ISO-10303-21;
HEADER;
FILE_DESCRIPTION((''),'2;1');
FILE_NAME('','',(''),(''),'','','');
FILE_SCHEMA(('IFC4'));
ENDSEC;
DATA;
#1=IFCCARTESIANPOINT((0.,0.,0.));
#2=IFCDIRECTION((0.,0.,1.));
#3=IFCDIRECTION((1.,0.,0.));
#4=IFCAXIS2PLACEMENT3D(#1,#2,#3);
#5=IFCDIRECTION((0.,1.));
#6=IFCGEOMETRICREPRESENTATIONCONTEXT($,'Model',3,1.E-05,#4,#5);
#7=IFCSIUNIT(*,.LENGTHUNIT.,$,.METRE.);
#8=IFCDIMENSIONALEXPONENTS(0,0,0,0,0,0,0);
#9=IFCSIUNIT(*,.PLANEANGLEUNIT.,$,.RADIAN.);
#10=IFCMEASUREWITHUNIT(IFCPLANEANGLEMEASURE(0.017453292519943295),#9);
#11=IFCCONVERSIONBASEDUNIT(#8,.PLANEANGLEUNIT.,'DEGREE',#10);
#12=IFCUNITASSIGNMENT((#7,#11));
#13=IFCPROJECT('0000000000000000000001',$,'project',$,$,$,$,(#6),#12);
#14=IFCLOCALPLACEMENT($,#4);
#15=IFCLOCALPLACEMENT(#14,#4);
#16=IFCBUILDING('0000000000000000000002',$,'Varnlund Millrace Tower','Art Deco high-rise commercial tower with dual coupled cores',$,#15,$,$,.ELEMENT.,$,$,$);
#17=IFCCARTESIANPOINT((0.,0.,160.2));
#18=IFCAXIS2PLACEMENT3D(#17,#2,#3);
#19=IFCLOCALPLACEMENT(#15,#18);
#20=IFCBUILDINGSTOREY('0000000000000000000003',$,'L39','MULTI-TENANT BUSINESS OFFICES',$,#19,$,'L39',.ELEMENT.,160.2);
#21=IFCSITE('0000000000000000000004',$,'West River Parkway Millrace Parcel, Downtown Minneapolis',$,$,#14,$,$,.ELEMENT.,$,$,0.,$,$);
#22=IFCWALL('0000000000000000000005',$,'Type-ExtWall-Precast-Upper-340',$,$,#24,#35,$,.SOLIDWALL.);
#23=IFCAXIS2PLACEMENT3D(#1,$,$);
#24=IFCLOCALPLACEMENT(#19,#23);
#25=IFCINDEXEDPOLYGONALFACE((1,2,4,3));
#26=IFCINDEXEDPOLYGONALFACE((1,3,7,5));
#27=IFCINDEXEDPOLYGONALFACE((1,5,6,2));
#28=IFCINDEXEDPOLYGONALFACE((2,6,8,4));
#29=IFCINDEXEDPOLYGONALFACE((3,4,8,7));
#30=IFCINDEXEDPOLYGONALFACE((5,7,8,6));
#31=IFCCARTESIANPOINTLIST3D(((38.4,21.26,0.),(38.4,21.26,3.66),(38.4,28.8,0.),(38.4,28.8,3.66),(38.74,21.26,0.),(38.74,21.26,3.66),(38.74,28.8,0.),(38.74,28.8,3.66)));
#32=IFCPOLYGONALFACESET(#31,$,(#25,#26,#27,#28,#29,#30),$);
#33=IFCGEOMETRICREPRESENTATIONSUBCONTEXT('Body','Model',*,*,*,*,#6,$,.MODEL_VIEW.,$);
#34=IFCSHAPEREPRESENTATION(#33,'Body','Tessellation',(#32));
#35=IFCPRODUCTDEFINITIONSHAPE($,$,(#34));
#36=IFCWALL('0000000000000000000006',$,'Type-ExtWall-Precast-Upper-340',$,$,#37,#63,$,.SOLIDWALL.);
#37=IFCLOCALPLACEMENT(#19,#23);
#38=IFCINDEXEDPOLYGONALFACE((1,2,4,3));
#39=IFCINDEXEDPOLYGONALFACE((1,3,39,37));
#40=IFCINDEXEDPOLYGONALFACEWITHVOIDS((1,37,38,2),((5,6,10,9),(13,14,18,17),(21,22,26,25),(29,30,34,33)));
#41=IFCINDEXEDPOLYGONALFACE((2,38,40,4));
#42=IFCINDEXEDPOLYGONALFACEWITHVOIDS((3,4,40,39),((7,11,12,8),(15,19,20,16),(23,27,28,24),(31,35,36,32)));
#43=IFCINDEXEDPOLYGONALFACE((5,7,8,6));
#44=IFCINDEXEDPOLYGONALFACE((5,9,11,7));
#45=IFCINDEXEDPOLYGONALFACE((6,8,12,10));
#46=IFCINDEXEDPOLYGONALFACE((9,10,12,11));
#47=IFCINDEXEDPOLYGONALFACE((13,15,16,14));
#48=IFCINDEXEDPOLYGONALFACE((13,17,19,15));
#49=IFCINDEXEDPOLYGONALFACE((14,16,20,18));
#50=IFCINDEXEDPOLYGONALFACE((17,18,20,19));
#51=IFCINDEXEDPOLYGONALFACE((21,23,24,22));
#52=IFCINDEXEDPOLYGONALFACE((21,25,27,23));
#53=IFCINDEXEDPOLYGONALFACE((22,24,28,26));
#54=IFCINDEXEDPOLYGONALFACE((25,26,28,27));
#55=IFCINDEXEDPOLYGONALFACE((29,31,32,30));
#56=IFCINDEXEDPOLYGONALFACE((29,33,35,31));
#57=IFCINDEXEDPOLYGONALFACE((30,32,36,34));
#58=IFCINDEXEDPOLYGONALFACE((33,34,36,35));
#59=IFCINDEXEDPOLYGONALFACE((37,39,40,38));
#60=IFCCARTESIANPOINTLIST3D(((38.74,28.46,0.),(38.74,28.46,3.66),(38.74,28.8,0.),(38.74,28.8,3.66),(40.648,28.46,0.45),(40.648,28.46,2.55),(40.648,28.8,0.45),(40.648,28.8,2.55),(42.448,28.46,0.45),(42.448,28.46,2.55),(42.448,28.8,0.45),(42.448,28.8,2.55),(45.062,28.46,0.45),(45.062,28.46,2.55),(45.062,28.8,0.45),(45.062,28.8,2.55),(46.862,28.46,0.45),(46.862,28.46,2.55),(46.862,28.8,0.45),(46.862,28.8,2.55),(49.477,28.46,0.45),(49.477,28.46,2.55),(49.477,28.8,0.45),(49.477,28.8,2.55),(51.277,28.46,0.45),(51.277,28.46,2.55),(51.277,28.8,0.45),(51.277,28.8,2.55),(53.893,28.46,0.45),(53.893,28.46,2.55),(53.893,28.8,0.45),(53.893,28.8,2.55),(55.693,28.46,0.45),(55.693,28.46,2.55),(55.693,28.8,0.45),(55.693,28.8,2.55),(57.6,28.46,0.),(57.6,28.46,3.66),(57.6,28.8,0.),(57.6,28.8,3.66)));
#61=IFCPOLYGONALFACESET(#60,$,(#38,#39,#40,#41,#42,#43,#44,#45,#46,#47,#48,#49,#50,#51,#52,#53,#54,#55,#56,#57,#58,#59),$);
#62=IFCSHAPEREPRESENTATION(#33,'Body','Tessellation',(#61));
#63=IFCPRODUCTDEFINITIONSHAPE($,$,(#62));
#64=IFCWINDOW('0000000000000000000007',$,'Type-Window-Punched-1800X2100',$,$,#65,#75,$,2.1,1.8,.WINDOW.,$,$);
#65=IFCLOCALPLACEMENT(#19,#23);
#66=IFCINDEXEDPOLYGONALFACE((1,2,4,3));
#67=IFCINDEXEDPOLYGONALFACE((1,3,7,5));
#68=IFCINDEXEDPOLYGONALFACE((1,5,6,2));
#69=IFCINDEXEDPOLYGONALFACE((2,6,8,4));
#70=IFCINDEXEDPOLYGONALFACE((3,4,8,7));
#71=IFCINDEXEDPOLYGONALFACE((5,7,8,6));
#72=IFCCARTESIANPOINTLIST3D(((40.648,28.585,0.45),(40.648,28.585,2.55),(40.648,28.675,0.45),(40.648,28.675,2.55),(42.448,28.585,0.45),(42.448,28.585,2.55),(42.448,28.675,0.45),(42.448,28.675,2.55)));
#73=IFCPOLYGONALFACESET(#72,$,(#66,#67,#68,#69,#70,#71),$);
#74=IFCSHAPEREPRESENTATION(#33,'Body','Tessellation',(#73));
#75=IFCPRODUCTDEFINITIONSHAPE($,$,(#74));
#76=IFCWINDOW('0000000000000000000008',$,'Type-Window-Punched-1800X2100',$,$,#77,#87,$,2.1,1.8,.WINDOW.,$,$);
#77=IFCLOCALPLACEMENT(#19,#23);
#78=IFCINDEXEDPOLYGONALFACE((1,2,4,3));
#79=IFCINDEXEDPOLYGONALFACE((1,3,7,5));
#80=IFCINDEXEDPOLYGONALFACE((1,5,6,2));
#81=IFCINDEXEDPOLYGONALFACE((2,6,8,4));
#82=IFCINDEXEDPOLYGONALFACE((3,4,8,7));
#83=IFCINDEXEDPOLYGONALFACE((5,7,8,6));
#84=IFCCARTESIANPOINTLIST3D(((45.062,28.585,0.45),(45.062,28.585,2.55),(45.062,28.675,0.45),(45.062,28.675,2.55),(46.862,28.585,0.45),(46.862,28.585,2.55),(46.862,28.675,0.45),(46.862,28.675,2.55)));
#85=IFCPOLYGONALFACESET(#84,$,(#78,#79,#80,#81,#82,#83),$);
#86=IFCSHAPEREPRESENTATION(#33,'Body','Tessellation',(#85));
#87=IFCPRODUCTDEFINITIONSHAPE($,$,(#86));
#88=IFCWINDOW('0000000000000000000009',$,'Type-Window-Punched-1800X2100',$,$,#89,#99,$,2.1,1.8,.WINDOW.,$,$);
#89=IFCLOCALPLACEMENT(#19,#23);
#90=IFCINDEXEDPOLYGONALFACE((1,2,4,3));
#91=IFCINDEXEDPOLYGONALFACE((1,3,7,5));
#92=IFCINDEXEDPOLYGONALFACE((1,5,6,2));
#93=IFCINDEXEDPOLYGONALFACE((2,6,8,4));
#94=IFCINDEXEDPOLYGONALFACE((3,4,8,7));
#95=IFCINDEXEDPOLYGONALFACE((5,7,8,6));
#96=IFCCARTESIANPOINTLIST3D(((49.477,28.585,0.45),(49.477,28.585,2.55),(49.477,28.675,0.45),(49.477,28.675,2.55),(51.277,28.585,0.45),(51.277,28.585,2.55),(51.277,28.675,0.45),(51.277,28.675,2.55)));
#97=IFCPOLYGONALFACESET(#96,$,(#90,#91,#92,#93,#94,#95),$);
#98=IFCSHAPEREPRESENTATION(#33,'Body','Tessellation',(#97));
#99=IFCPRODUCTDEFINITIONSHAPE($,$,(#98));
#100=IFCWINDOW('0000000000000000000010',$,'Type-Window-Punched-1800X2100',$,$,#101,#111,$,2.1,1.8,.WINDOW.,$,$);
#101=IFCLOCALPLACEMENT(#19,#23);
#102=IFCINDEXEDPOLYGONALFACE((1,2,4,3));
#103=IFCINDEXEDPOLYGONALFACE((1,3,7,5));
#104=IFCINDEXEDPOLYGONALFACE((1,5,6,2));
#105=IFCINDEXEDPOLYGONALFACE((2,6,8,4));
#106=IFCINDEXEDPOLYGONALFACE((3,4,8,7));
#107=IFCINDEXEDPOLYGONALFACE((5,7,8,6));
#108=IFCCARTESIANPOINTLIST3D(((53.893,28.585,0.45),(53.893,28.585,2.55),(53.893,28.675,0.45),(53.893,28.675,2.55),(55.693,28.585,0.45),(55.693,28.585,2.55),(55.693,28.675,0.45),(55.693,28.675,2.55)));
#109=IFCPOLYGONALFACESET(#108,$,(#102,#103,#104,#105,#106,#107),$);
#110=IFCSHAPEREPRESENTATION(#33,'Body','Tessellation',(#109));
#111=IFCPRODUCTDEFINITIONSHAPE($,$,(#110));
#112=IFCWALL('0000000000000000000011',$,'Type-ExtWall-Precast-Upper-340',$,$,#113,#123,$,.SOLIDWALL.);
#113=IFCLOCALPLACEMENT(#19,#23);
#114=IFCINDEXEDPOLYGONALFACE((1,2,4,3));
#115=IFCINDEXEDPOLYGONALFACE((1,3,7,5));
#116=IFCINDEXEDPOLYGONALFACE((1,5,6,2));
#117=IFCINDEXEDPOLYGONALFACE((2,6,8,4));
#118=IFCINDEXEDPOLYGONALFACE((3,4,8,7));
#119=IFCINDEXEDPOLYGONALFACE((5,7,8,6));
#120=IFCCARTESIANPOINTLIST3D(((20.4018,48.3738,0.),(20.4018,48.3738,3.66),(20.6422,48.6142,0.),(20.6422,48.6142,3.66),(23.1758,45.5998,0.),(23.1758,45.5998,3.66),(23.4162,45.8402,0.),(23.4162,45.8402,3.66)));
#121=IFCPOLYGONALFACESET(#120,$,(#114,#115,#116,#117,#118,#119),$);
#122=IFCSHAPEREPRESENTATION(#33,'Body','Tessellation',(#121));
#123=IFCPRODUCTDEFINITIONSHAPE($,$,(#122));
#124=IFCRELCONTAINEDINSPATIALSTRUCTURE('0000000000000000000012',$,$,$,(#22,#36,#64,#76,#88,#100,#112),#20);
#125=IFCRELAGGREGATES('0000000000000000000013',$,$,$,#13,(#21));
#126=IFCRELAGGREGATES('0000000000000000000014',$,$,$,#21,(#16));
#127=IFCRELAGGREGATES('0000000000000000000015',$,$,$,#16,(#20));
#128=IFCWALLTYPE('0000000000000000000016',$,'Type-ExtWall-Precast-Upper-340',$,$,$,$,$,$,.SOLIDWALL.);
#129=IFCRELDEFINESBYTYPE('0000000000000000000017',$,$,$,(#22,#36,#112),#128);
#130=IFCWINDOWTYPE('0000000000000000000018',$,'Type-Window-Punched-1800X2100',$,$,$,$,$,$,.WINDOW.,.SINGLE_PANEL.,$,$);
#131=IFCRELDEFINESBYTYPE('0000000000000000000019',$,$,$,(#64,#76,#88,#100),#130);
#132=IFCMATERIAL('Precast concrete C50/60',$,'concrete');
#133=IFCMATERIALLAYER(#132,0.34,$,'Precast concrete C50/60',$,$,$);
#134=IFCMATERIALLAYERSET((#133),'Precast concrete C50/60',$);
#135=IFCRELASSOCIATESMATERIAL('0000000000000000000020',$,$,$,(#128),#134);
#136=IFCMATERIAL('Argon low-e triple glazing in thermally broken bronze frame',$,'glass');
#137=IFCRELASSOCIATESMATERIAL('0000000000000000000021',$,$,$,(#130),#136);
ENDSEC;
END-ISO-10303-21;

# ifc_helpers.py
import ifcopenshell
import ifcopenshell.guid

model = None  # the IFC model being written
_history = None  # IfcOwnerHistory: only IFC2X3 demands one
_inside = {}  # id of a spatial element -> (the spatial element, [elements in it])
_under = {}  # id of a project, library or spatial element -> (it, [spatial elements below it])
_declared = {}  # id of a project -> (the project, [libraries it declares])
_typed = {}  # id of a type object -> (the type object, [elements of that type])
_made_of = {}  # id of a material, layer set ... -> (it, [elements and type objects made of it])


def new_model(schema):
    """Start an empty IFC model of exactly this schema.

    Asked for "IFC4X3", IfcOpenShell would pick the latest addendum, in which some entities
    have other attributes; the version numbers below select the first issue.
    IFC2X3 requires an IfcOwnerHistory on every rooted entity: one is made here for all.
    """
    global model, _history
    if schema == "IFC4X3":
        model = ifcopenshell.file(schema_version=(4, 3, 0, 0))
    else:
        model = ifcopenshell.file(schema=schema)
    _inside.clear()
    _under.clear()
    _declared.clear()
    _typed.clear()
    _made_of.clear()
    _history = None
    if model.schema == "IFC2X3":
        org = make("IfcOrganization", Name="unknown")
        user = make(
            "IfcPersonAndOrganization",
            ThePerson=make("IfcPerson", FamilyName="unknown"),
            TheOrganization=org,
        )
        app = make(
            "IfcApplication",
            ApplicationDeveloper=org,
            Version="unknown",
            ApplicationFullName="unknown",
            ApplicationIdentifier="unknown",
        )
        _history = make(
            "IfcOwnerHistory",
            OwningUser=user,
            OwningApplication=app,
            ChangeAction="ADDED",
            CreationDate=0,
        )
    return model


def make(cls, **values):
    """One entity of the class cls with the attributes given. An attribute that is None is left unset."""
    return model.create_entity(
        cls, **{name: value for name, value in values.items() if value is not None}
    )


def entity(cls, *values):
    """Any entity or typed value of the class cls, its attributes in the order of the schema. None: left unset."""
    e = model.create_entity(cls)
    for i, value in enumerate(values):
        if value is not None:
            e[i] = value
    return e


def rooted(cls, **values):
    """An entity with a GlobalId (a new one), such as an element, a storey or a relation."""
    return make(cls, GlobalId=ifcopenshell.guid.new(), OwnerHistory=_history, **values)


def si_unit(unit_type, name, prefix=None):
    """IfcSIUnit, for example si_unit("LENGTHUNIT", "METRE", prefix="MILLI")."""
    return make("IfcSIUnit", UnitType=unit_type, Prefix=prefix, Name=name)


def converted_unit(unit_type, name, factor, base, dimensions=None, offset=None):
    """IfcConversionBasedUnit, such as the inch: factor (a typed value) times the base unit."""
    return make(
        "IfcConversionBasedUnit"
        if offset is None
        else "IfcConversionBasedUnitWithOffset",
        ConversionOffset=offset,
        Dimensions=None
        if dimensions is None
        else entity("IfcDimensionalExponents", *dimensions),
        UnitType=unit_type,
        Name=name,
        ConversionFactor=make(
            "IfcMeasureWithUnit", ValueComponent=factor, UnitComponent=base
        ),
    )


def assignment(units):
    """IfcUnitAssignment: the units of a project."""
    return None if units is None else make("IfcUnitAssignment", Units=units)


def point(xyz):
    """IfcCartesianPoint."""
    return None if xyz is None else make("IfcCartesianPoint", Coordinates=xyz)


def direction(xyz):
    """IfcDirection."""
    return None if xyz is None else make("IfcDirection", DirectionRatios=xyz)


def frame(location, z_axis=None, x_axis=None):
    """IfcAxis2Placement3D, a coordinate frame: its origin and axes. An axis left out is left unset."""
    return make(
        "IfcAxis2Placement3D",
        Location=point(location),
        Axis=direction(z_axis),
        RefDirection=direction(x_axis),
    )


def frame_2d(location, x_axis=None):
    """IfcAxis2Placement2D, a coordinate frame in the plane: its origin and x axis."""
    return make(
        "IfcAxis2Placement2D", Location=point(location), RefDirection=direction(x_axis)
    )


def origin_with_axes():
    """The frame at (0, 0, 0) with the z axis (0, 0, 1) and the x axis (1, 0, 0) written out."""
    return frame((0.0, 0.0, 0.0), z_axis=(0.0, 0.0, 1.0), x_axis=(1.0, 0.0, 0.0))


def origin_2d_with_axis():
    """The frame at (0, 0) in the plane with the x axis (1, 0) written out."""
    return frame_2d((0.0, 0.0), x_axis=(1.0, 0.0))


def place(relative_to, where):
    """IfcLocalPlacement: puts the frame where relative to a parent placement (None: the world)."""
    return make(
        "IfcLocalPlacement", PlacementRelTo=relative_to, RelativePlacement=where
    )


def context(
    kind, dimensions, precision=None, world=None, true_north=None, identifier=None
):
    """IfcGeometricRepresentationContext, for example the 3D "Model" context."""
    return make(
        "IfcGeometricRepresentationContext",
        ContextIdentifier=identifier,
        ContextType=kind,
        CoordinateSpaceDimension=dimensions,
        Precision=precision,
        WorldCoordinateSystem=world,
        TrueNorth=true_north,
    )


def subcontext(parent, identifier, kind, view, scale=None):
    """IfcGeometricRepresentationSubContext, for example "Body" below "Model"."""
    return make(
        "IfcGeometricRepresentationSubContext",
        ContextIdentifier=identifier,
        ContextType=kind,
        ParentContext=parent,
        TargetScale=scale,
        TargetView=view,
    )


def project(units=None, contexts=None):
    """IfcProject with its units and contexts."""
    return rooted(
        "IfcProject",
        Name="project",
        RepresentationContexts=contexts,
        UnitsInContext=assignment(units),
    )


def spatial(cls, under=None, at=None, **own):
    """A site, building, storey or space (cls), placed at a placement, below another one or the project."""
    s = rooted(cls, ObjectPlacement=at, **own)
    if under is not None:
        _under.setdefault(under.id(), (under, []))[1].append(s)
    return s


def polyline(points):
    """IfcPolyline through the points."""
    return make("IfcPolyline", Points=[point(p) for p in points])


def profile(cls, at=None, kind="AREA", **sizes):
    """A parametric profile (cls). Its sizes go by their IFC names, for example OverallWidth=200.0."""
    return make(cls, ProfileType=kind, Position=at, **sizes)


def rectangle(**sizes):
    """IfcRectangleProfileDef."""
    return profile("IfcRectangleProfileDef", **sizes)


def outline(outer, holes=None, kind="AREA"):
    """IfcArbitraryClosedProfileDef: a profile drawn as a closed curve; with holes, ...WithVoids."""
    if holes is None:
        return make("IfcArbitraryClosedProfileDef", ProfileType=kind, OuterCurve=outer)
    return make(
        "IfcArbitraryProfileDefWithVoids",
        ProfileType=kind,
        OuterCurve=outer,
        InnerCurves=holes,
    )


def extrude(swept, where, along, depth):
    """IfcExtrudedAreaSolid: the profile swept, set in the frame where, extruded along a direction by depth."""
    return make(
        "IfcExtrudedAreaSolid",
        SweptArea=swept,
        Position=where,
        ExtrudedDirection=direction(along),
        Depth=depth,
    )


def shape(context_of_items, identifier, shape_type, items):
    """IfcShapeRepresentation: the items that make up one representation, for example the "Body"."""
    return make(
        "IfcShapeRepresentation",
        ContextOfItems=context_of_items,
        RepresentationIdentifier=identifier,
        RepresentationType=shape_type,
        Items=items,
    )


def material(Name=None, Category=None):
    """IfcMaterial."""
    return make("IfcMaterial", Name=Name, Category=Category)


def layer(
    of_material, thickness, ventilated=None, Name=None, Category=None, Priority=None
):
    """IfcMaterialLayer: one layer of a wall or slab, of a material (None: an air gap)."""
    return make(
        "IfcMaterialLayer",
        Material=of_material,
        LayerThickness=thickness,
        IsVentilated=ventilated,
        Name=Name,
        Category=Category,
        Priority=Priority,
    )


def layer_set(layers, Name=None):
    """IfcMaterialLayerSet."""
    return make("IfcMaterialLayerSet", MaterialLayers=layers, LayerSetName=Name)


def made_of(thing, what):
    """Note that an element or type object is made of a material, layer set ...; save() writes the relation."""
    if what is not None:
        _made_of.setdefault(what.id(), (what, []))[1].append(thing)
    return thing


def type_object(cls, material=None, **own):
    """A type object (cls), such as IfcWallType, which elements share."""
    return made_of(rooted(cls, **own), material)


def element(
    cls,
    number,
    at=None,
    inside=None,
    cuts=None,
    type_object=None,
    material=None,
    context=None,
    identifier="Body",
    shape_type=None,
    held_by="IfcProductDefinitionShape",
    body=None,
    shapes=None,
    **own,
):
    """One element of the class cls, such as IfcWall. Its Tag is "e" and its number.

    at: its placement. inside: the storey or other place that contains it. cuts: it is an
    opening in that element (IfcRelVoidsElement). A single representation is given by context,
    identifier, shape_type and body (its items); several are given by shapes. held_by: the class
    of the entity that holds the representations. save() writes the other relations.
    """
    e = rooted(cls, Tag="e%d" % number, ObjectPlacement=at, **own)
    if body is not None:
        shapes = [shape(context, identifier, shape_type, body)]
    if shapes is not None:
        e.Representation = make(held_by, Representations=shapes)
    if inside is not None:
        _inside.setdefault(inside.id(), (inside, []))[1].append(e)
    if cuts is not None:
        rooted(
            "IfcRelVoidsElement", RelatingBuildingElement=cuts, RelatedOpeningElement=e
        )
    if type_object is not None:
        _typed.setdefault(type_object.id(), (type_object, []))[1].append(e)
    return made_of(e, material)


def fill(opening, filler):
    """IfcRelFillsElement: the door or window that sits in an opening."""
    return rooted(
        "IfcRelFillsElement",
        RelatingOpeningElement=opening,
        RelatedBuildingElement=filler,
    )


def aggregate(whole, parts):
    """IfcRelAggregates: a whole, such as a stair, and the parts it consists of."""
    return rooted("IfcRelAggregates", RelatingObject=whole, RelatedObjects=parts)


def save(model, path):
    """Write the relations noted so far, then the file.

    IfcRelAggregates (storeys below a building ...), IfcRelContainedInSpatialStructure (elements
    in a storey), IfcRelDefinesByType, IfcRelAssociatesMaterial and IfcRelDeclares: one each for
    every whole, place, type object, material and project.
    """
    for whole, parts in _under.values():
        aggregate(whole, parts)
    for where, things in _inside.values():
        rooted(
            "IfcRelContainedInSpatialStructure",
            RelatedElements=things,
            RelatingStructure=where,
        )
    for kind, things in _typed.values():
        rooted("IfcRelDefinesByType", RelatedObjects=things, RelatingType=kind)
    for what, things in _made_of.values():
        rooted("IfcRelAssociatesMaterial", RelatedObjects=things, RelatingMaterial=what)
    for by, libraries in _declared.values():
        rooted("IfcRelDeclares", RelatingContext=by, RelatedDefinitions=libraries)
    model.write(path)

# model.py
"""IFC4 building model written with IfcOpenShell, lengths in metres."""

from ifc_helpers import new_model, entity, si_unit, converted_unit, direction, frame, origin_with_axes, origin_2d_with_axis, place, context, subcontext, project, spatial, polyline, rectangle, outline, extrude, material, layer, layer_set, type_object, element, fill, save


model = new_model("IFC4")

# Units and contexts
model_context = context("Model", 3, precision=1e-05, world=origin_with_axes(), true_north=direction((0.0, 1.0)))
body_context = subcontext(model_context, "Body", "Model", "MODEL_VIEW")
ifc_project = project(units=[si_unit("LENGTHUNIT", "METRE"), converted_unit("PLANEANGLEUNIT", "DEGREE", entity("IfcPlaneAngleMeasure", 0.017453292519943295), si_unit("PLANEANGLEUNIT", "RADIAN"), dimensions=[0, 0, 0, 0, 0, 0, 0])], contexts=[model_context])

# Site, building, storey
site_placement = place(None, origin_with_axes())
site = spatial("IfcSite", under=ifc_project, at=site_placement, Name="West River Parkway Millrace Parcel, Downtown Minneapolis", CompositionType="ELEMENT", RefElevation=0.0)
building_placement = place(site_placement, origin_with_axes())
building = spatial("IfcBuilding", under=site, at=building_placement, Name="Varnlund Millrace Tower", Description="Art Deco high-rise commercial tower with dual coupled cores", CompositionType="ELEMENT")
storey_placement = place(building_placement, frame((0.0, 0.0, 160.2), z_axis=(0.0, 0.0, 1.0), x_axis=(1.0, 0.0, 0.0)))
storey = spatial("IfcBuildingStorey", under=building, at=storey_placement, Name="L39", Description="MULTI-TENANT BUSINESS OFFICES", LongName="L39", CompositionType="ELEMENT", Elevation=160.2)

# Wall
ifc_material_1 = material(Name="Precast concrete C50/60", Category="concrete")
ifc_layer_1 = layer(ifc_material_1, 0.34, Name="Precast concrete C50/60")
ifc_layer_set_1 = layer_set([ifc_layer_1], Name="Precast concrete C50/60")
wall_type_1 = type_object("IfcWallType", Name="Type-ExtWall-Precast-Upper-340", PredefinedType="SOLIDWALL", material=ifc_layer_set_1)
wall_1_placement = place(storey_placement, frame((38.57, 21.26, 0.0), z_axis=(0.0, 0.0, 1.0), x_axis=(0.0, 1.0, 0.0)))
element("IfcWall", 1, at=wall_1_placement, inside=storey, type_object=wall_type_1, Name="Type-ExtWall-Precast-Upper-340", PredefinedType="SOLIDWALL", context=body_context, shape_type="SweptSolid", body=[
    extrude(outline(polyline([(0.0, -0.17), (7.54, -0.17), (7.54, 0.17), (0.0, 0.17), (0.0, -0.17)])), origin_with_axes(), (0.0, 0.0, 1.0), 3.66),
])

# Wall, openings, windows
wall_2_placement = place(storey_placement, frame((38.74, 28.63, 0.0), z_axis=(0.0, 0.0, 1.0), x_axis=(1.0, 0.0, 0.0)))
wall_2 = element("IfcWall", 2, at=wall_2_placement, inside=storey, type_object=wall_type_1, Name="Type-ExtWall-Precast-Upper-340", PredefinedType="SOLIDWALL", context=body_context, shape_type="SweptSolid", body=[
    extrude(outline(polyline([(0.0, -0.17), (18.86, -0.17), (18.86, 0.17), (0.0, 0.17), (0.0, -0.17)])), origin_with_axes(), (0.0, 0.0, 1.0), 3.66),
])
opening_1_placement = place(wall_2_placement, frame((2.808, 0.0, 0.45), z_axis=(0.0, 0.0, 1.0), x_axis=(1.0, 0.0, 0.0)))
opening_1 = element("IfcOpeningElement", 3, at=opening_1_placement, cuts=wall_2, PredefinedType="OPENING", context=body_context, shape_type="SweptSolid", body=[
    extrude(rectangle(XDim=1.8, YDim=0.36, at=origin_2d_with_axis()), origin_with_axes(), (0.0, 0.0, 1.0), 2.1),
])
opening_2_placement = place(wall_2_placement, frame((7.222, 0.0, 0.45), z_axis=(0.0, 0.0, 1.0), x_axis=(1.0, 0.0, 0.0)))
opening_2 = element("IfcOpeningElement", 4, at=opening_2_placement, cuts=wall_2, PredefinedType="OPENING", context=body_context, shape_type="SweptSolid", body=[
    extrude(rectangle(XDim=1.8, YDim=0.36, at=origin_2d_with_axis()), origin_with_axes(), (0.0, 0.0, 1.0), 2.1),
])
opening_3_placement = place(wall_2_placement, frame((11.637, 0.0, 0.45), z_axis=(0.0, 0.0, 1.0), x_axis=(1.0, 0.0, 0.0)))
opening_3 = element("IfcOpeningElement", 5, at=opening_3_placement, cuts=wall_2, PredefinedType="OPENING", context=body_context, shape_type="SweptSolid", body=[
    extrude(rectangle(XDim=1.8, YDim=0.36, at=origin_2d_with_axis()), origin_with_axes(), (0.0, 0.0, 1.0), 2.1),
])
opening_4_placement = place(wall_2_placement, frame((16.053, 0.0, 0.45), z_axis=(0.0, 0.0, 1.0), x_axis=(1.0, 0.0, 0.0)))
opening_4 = element("IfcOpeningElement", 6, at=opening_4_placement, cuts=wall_2, PredefinedType="OPENING", context=body_context, shape_type="SweptSolid", body=[
    extrude(rectangle(XDim=1.8, YDim=0.36, at=origin_2d_with_axis()), origin_with_axes(), (0.0, 0.0, 1.0), 2.1),
])
ifc_material_2 = material(Name="Argon low-e triple glazing in thermally broken bronze frame", Category="glass")
window_type_1 = type_object("IfcWindowType", Name="Type-Window-Punched-1800X2100", PartitioningType="SINGLE_PANEL", PredefinedType="WINDOW", material=ifc_material_2)
window_1_placement = place(wall_2_placement, frame((2.808, 0.0, 0.45), z_axis=(0.0, 0.0, 1.0), x_axis=(1.0, 0.0, 0.0)))
window_1 = element("IfcWindow", 7, at=window_1_placement, inside=storey, type_object=window_type_1, Name="Type-Window-Punched-1800X2100", OverallHeight=2.1, OverallWidth=1.8, PredefinedType="WINDOW", context=body_context, shape_type="SweptSolid", body=[
    extrude(rectangle(XDim=1.8, YDim=0.09, at=origin_2d_with_axis()), origin_with_axes(), (0.0, 0.0, 1.0), 2.1),
])
fill(opening_1, window_1)
window_2_placement = place(wall_2_placement, frame((7.222, 0.0, 0.45), z_axis=(0.0, 0.0, 1.0), x_axis=(1.0, 0.0, 0.0)))
window_2 = element("IfcWindow", 8, at=window_2_placement, inside=storey, type_object=window_type_1, Name="Type-Window-Punched-1800X2100", OverallHeight=2.1, OverallWidth=1.8, PredefinedType="WINDOW", context=body_context, shape_type="SweptSolid", body=[
    extrude(rectangle(XDim=1.8, YDim=0.09, at=origin_2d_with_axis()), origin_with_axes(), (0.0, 0.0, 1.0), 2.1),
])
fill(opening_2, window_2)
window_3_placement = place(wall_2_placement, frame((11.637, 0.0, 0.45), z_axis=(0.0, 0.0, 1.0), x_axis=(1.0, 0.0, 0.0)))
window_3 = element("IfcWindow", 9, at=window_3_placement, inside=storey, type_object=window_type_1, Name="Type-Window-Punched-1800X2100", OverallHeight=2.1, OverallWidth=1.8, PredefinedType="WINDOW", context=body_context, shape_type="SweptSolid", body=[
    extrude(rectangle(XDim=1.8, YDim=0.09, at=origin_2d_with_axis()), origin_with_axes(), (0.0, 0.0, 1.0), 2.1),
])
fill(opening_3, window_3)
window_4_placement = place(wall_2_placement, frame((16.053, 0.0, 0.45), z_axis=(0.0, 0.0, 1.0), x_axis=(1.0, 0.0, 0.0)))
window_4 = element("IfcWindow", 10, at=window_4_placement, inside=storey, type_object=window_type_1, Name="Type-Window-Punched-1800X2100", OverallHeight=2.1, OverallWidth=1.8, PredefinedType="WINDOW", context=body_context, shape_type="SweptSolid", body=[
    extrude(rectangle(XDim=1.8, YDim=0.09, at=origin_2d_with_axis()), origin_with_axes(), (0.0, 0.0, 1.0), 2.1),
])
fill(opening_4, window_4)

# Wall
wall_3_placement = place(storey_placement, frame((20.522, 48.494, 0.0), z_axis=(0.0, 0.0, 1.0), x_axis=(0.707107, -0.707107, 0.0)))
element("IfcWall", 11, at=wall_3_placement, inside=storey, type_object=wall_type_1, Name="Type-ExtWall-Precast-Upper-340", PredefinedType="SOLIDWALL", context=body_context, shape_type="SweptSolid", body=[
    extrude(outline(polyline([(0.0, -0.17), (3.923, -0.17), (3.923, 0.17), (0.0, 0.17), (0.0, -0.17)])), origin_with_axes(), (0.0, 0.0, 1.0), 3.66),
])

save(model, "model.ifc")
